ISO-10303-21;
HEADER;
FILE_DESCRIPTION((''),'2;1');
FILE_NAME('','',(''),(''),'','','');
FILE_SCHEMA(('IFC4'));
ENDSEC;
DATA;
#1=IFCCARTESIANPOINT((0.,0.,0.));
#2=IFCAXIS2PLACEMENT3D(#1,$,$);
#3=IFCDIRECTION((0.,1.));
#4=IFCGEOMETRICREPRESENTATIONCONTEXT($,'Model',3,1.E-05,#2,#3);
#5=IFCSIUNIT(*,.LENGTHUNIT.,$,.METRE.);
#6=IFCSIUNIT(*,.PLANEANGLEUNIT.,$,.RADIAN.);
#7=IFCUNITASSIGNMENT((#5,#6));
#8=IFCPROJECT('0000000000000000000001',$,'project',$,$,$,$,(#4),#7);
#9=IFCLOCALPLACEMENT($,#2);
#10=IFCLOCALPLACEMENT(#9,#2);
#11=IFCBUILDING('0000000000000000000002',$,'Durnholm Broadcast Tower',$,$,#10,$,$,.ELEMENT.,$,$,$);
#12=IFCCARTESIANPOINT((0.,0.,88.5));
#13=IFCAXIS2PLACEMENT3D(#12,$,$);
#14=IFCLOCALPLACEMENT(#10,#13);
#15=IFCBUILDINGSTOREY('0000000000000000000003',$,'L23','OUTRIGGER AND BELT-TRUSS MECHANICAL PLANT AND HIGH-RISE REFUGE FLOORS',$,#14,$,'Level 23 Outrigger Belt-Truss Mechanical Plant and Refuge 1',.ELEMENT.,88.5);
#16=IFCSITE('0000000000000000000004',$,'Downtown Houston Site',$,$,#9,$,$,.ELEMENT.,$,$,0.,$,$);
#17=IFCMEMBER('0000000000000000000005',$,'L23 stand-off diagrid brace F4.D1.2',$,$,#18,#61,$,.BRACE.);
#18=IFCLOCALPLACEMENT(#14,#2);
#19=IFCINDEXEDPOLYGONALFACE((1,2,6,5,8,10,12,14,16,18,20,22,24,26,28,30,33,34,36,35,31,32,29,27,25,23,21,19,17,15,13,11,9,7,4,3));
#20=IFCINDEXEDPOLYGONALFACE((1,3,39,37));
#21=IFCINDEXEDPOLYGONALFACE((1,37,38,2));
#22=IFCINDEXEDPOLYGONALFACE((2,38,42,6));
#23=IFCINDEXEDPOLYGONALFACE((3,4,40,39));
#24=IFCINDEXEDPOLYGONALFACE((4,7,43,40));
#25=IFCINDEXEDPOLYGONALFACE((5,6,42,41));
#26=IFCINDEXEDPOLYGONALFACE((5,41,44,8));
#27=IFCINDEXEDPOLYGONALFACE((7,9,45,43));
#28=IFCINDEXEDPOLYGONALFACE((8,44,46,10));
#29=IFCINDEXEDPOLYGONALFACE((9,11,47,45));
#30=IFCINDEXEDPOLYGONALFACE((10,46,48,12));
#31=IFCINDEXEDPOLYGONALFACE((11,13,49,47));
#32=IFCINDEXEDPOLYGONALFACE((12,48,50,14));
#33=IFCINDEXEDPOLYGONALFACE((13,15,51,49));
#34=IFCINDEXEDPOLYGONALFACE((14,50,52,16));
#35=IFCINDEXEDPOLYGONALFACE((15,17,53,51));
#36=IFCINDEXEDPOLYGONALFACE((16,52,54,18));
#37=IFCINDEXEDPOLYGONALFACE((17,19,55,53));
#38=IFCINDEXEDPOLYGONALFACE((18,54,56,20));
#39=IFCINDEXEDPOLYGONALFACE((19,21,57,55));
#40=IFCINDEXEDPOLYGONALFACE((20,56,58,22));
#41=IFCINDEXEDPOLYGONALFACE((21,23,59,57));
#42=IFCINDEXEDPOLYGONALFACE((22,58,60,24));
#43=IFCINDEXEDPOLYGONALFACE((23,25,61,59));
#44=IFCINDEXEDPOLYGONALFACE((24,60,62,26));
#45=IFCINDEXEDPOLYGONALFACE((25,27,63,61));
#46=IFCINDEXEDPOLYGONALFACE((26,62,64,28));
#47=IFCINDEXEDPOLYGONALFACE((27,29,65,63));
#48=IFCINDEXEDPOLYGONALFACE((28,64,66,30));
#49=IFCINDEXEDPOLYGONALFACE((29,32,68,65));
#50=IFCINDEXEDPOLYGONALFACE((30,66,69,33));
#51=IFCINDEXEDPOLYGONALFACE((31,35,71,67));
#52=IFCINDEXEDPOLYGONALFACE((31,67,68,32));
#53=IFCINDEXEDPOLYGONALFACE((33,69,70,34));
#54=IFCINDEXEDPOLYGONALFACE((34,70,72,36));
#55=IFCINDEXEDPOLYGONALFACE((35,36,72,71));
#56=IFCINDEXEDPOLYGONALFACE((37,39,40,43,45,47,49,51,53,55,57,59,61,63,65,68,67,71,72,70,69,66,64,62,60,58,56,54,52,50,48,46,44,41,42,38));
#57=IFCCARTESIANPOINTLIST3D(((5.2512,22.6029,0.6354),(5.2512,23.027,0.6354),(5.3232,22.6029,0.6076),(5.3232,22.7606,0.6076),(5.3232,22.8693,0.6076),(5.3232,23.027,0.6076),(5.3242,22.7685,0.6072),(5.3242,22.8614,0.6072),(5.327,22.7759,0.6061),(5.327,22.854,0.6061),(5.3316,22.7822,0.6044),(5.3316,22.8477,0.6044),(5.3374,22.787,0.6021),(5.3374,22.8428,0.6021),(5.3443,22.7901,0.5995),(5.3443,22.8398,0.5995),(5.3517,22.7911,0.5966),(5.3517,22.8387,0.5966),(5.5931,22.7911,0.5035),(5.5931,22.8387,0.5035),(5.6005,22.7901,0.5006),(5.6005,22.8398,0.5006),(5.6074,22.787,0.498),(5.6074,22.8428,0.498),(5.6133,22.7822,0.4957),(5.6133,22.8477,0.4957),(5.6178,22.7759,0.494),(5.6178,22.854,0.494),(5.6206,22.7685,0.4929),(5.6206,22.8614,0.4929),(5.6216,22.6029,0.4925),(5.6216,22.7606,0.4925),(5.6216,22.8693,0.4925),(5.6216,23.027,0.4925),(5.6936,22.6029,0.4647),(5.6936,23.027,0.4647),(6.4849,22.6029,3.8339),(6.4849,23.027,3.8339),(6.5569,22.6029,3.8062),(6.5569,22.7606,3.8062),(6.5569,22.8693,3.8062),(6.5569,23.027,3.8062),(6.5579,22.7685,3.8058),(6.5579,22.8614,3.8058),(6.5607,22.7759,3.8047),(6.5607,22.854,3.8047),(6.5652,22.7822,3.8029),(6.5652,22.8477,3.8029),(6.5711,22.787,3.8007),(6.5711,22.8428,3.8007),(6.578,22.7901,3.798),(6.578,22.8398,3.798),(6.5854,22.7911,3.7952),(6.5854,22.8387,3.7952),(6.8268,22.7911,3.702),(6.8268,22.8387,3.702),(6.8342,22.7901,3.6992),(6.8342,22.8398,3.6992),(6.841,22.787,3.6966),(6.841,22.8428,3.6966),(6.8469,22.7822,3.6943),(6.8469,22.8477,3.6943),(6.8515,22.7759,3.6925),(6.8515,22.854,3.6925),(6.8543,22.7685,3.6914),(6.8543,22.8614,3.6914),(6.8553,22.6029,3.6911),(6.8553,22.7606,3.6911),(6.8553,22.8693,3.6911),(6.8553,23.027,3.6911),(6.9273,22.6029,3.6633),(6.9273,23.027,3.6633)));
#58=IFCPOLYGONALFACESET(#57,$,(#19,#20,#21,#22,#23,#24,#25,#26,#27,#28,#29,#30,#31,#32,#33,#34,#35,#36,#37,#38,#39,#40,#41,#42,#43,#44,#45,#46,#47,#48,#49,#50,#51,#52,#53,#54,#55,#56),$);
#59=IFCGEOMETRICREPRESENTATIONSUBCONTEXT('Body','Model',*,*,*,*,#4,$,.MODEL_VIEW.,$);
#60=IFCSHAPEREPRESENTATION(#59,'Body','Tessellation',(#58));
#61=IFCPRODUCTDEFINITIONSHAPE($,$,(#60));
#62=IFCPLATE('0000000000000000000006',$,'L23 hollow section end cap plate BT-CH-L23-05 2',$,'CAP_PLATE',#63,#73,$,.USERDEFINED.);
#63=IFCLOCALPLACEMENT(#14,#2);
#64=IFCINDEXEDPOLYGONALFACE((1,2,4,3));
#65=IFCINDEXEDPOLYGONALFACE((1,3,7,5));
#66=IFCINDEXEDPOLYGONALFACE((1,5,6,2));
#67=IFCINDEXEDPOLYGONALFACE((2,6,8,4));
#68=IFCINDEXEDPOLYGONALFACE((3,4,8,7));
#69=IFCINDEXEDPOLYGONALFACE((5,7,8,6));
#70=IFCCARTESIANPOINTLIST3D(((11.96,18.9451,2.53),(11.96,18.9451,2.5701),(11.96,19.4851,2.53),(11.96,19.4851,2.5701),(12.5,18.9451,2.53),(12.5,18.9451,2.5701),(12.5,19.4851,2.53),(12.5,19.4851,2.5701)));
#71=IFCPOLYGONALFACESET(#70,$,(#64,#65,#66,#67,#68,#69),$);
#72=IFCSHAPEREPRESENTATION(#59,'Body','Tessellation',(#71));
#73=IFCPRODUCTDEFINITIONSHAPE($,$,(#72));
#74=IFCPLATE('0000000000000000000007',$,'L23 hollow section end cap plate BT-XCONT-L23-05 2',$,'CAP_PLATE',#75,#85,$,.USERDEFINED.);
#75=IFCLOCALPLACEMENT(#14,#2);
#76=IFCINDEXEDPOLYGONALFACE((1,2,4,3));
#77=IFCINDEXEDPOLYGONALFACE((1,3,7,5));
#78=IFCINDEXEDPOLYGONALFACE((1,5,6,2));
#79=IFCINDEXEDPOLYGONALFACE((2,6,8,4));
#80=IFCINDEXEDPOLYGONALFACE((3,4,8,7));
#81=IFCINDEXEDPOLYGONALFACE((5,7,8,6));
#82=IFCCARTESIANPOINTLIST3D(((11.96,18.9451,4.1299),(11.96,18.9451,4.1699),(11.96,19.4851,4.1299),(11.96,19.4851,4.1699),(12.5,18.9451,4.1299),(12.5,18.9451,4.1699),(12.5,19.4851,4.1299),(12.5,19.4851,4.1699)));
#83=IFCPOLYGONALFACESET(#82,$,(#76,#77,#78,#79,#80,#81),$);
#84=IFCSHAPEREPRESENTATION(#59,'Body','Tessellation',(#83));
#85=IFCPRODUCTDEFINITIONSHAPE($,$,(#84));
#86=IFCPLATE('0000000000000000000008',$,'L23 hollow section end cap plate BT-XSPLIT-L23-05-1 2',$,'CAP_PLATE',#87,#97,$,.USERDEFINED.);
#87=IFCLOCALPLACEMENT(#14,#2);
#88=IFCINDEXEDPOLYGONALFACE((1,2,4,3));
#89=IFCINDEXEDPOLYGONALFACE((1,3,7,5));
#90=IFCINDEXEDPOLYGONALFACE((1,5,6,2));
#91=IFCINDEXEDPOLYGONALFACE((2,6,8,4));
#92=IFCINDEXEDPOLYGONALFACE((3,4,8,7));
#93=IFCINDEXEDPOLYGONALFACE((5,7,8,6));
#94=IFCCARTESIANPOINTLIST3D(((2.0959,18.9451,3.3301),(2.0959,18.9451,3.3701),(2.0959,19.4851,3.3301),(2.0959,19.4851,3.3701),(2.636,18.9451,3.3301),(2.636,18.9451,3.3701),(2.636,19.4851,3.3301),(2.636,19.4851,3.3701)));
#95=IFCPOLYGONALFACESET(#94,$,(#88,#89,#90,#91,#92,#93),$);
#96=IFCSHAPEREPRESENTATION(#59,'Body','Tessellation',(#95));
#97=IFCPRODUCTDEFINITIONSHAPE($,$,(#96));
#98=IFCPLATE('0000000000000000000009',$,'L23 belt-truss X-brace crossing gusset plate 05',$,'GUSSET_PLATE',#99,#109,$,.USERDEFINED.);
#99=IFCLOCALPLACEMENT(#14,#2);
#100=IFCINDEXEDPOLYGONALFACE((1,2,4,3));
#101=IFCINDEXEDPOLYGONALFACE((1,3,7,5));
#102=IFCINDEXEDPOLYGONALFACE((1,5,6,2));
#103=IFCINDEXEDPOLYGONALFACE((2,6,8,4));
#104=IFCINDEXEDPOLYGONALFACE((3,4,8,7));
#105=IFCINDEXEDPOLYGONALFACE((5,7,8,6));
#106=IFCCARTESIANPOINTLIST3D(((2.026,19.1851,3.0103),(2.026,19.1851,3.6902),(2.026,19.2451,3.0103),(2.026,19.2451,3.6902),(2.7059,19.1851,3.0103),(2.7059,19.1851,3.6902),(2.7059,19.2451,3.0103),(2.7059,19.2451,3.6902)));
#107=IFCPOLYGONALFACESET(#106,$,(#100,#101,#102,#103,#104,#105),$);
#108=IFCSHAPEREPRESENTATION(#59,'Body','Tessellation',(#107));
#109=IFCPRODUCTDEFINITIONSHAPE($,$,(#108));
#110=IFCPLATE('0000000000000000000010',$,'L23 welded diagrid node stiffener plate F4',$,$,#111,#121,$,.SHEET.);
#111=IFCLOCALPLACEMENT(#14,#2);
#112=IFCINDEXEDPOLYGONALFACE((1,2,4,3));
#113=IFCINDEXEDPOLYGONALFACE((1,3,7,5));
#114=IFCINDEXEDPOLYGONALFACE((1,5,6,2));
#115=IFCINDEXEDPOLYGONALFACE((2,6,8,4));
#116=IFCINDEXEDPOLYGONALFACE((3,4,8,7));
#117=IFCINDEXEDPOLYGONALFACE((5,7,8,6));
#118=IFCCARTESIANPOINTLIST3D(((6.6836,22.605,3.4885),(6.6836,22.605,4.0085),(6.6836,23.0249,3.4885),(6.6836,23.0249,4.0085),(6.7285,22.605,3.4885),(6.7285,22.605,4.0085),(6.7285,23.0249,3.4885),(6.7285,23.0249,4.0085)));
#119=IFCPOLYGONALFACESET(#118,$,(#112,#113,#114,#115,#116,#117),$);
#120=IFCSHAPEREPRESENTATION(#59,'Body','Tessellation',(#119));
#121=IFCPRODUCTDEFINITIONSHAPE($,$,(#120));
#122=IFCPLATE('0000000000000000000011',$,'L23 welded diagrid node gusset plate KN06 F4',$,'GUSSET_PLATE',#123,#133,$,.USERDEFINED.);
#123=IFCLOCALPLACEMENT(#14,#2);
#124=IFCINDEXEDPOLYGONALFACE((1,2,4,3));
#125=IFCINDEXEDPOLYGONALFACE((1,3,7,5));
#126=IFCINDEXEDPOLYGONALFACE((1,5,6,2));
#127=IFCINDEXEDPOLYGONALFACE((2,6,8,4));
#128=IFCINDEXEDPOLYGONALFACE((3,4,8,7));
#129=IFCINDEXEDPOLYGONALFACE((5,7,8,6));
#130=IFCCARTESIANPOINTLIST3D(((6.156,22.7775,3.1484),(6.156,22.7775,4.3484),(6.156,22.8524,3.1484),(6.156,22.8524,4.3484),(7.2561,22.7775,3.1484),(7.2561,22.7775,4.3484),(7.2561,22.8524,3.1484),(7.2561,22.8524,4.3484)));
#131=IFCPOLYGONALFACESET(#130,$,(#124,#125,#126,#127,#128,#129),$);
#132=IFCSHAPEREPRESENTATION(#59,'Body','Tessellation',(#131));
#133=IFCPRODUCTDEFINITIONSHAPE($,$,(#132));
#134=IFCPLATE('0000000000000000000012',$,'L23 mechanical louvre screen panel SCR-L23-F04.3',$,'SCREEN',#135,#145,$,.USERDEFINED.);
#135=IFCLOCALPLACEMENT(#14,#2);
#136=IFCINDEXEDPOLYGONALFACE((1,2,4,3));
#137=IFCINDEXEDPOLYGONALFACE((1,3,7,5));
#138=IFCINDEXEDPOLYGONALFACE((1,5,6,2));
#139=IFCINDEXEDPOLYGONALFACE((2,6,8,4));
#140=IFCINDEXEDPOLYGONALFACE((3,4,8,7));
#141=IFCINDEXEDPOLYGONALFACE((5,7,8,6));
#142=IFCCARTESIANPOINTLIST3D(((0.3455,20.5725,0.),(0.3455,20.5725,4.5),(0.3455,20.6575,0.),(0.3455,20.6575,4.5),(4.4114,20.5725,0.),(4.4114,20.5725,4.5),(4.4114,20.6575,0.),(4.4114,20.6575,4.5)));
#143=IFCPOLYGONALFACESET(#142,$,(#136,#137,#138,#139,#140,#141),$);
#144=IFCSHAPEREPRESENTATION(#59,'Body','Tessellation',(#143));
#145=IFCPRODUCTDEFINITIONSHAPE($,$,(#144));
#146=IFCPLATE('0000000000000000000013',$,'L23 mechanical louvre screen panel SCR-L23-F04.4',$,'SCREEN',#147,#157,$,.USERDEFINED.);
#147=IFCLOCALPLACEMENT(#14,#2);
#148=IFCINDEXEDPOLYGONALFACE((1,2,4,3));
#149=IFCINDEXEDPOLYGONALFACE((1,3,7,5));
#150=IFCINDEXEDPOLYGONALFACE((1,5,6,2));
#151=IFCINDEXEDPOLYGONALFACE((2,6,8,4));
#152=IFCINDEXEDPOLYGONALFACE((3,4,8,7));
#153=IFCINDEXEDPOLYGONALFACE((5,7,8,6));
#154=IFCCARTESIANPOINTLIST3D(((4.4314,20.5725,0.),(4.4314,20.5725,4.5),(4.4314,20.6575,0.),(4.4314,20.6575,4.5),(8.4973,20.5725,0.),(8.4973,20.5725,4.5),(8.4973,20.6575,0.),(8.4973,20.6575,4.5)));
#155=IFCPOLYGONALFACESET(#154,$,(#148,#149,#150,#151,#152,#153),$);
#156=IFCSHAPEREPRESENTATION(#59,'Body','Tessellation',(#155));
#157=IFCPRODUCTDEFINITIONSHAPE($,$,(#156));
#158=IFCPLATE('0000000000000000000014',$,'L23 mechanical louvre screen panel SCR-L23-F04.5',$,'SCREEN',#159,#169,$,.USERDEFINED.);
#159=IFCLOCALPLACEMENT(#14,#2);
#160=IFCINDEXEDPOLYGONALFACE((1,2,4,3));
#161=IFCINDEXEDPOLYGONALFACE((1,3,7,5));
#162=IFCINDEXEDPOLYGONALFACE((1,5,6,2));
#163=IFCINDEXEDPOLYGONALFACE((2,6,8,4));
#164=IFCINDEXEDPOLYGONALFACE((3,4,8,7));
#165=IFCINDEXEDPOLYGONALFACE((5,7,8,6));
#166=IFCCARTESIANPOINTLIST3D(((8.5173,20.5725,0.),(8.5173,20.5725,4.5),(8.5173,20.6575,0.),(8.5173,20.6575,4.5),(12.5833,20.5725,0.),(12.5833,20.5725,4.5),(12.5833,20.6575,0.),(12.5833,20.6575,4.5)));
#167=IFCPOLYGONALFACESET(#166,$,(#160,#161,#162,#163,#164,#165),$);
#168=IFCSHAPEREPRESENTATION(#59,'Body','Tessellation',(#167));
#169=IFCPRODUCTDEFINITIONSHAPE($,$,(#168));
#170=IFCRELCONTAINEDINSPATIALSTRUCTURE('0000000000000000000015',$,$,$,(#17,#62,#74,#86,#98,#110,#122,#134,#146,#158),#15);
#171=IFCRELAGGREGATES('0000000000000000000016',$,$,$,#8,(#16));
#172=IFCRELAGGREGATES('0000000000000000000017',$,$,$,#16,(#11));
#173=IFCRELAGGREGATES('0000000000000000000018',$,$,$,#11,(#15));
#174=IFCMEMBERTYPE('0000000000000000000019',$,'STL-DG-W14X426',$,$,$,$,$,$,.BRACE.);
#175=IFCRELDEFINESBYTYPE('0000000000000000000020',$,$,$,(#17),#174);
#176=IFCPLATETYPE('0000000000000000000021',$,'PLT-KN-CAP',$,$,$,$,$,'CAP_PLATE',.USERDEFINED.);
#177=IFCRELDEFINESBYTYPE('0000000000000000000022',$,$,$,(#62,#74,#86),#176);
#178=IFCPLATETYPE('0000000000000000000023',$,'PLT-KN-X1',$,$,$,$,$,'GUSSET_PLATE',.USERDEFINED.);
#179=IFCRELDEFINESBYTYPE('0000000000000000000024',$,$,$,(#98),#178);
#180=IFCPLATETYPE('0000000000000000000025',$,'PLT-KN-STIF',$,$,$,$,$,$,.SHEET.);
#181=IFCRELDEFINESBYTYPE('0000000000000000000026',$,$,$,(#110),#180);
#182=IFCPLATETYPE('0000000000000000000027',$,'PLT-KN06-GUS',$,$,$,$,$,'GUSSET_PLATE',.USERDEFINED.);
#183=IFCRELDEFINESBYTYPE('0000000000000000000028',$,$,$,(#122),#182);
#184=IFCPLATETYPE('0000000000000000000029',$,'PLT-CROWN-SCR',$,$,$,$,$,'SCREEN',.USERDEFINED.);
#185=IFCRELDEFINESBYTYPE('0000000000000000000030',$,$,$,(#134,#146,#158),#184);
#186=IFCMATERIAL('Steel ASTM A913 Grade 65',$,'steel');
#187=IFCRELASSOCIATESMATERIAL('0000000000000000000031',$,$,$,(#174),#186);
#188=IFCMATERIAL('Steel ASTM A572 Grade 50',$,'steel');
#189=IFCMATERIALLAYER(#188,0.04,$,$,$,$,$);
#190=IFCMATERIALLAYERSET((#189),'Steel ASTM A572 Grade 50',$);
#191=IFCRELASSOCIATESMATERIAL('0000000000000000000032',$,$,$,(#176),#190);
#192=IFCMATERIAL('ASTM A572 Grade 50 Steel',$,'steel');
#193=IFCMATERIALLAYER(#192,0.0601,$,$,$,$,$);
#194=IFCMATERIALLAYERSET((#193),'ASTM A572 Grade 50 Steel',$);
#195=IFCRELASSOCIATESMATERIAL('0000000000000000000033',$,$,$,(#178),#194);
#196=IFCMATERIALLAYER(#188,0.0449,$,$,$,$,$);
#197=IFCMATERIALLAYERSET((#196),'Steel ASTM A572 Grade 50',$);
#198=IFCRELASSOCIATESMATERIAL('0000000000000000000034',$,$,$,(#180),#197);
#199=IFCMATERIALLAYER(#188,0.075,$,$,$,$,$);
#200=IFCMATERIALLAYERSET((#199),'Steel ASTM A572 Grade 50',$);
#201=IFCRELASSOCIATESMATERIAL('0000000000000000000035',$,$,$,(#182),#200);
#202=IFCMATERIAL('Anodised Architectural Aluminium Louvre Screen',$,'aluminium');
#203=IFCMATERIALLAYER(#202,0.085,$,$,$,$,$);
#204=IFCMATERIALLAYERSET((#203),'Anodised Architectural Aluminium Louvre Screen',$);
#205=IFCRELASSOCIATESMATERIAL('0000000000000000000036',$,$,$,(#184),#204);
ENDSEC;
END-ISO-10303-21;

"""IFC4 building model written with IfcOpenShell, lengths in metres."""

from ifc_helpers import new_model, si_unit, direction, frame, origin, origin_2d, place, context, subcontext, project, spatial, rectangle, i_section, extrude, source, transform, mapped, material, layer, layer_set, material_profile, profile_set, type_object, type_shapes, element, save


model = new_model("IFC4")

# Units and contexts
model_context = context("Model", 3, precision=1e-05, world=origin(), true_north=direction((0.0, 1.0)))
body_context = subcontext(model_context, "Body", "Model", "MODEL_VIEW")
ifc_project = project(units=[si_unit("LENGTHUNIT", "METRE"), si_unit("PLANEANGLEUNIT", "RADIAN")], contexts=[model_context])

# Site, building, storey
site_placement = place(None, origin())
site = spatial("IfcSite", under=ifc_project, at=site_placement, Name="Downtown Houston Site", CompositionType="ELEMENT", RefElevation=0.0)
building_placement = place(site_placement, origin())
building = spatial("IfcBuilding", under=site, at=building_placement, Name="Durnholm Broadcast Tower", CompositionType="ELEMENT")
storey_placement = place(building_placement, frame((0.0, 0.0, 88.5)))
storey = spatial("IfcBuildingStorey", under=building, at=storey_placement, Name="L23", Description="OUTRIGGER AND BELT-TRUSS MECHANICAL PLANT AND HIGH-RISE REFUGE FLOORS", LongName="Level 23 Outrigger Belt-Truss Mechanical Plant and Refuge 1", CompositionType="ELEMENT", Elevation=88.5)

# Member
ifc_material_1 = material(Name="Steel ASTM A913 Grade 65", Category="steel")
ifc_material_profile_1 = material_profile(ifc_material_1, i_section(OverallWidth=0.4241, OverallDepth=0.4741, WebThickness=0.0476, FlangeThickness=0.0771, FilletRadius=0.0305, at=origin_2d()), Name="W14X426")
ifc_profile_set_1 = profile_set([ifc_material_profile_1], Name="Steel ASTM A913 Grade 65")
member_type_1 = type_object("IfcMemberType", Name="STL-DG-W14X426", PredefinedType="BRACE", material=ifc_profile_set_1)
shared_shape_1 = source(origin(), body_context, "Body", "SweptSolid", [
    extrude(i_section(OverallWidth=0.4241, OverallDepth=0.4741, WebThickness=0.0476, FlangeThickness=0.0771, FilletRadius=0.0305, at=origin_2d()), origin(), (0.0, 0.0, 1.0), 3.4282),
])
type_shapes(member_type_1, [shared_shape_1])
for number, where, z_axis, x_axis, name in (
    (1, (5.4724, 22.8149, 0.55), (0.359857, 0.0, 0.933007), (0.0, 1.0, 0.0), "L23 stand-off diagrid brace F4.D1.2"),
):
    element("IfcMember", number, at=place(storey_placement, frame(where, z_axis=z_axis, x_axis=x_axis)), inside=storey, type_object=member_type_1, Name=name, PredefinedType="BRACE", context=body_context, shape_type="MappedRepresentation", body=[
        mapped(shared_shape_1, transform((0.0, 0.0, 0.0), x_axis=(1.0, 0.0, 0.0), y_axis=(0.0, 1.0, 0.0), z_axis=(0.0, 0.0, 1.0), scale=1.0)),
    ])

# Plates
ifc_material_2 = material(Name="Steel ASTM A572 Grade 50", Category="steel")
ifc_layer_1 = layer(ifc_material_2, 0.04)
ifc_layer_set_1 = layer_set([ifc_layer_1], Name="Steel ASTM A572 Grade 50")
plate_type_1 = type_object("IfcPlateType", Name="PLT-KN-CAP", ElementType="CAP_PLATE", PredefinedType="USERDEFINED", material=ifc_layer_set_1)
shared_shape_2 = source(origin(), body_context, "Body", "SweptSolid", [
    extrude(rectangle(XDim=0.54, YDim=0.54, at=origin_2d()), origin(), (0.0, 0.0, 1.0), 0.04),
])
type_shapes(plate_type_1, [shared_shape_2])
for number, where, z_axis, x_axis, name in (
    (2, (12.23, 19.2151, 2.53), (0.0, 0.0, 1.0), (1.0, 0.0, 0.0), "L23 hollow section end cap plate BT-CH-L23-05 2"),
    (3, (12.23, 19.2151, 4.1299), (0.0, 0.0, 1.0), (1.0, 0.0, 0.0), "L23 hollow section end cap plate BT-XCONT-L23-05 2"),
    (4, (2.366, 19.2151, 3.3301), (0.0, 0.0, 1.0), (-1.0, 0.0, 0.0), "L23 hollow section end cap plate BT-XSPLIT-L23-05-1 2"),
):
    element("IfcPlate", number, at=place(storey_placement, frame(where, z_axis=z_axis, x_axis=x_axis)), inside=storey, type_object=plate_type_1, Name=name, ObjectType="CAP_PLATE", PredefinedType="USERDEFINED", context=body_context, shape_type="MappedRepresentation", body=[
        mapped(shared_shape_2, transform((0.0, 0.0, 0.0), x_axis=(1.0, 0.0, 0.0), y_axis=(0.0, 1.0, 0.0), z_axis=(0.0, 0.0, 1.0), scale=1.0)),
    ])
ifc_material_3 = material(Name="ASTM A572 Grade 50 Steel", Category="steel")
ifc_layer_2 = layer(ifc_material_3, 0.0601)
ifc_layer_set_2 = layer_set([ifc_layer_2], Name="ASTM A572 Grade 50 Steel")
plate_type_2 = type_object("IfcPlateType", Name="PLT-KN-X1", ElementType="GUSSET_PLATE", PredefinedType="USERDEFINED", material=ifc_layer_set_2)
shared_shape_3 = source(origin(), body_context, "Body", "SweptSolid", [
    extrude(rectangle(XDim=0.6799, YDim=0.0601, at=origin_2d()), origin(), (0.0, 0.0, 1.0), 0.6799),
])
type_shapes(plate_type_2, [shared_shape_3])
plate_1_placement = place(storey_placement, frame((2.366, 19.2151, 3.0103), z_axis=(0.0, 0.0, 1.0), x_axis=(1.0, 0.0, 0.0)))
element("IfcPlate", 5, at=plate_1_placement, inside=storey, type_object=plate_type_2, Name="L23 belt-truss X-brace crossing gusset plate 05", ObjectType="GUSSET_PLATE", PredefinedType="USERDEFINED", context=body_context, shape_type="MappedRepresentation", body=[
    mapped(shared_shape_3, transform((0.0, 0.0, 0.0), x_axis=(1.0, 0.0, 0.0), y_axis=(0.0, 1.0, 0.0), z_axis=(0.0, 0.0, 1.0), scale=1.0)),
])
ifc_layer_3 = layer(ifc_material_2, 0.0449)
ifc_layer_set_3 = layer_set([ifc_layer_3], Name="Steel ASTM A572 Grade 50")
plate_type_3 = type_object("IfcPlateType", Name="PLT-KN-STIF", PredefinedType="SHEET", material=ifc_layer_set_3)
shared_shape_4 = source(origin(), body_context, "Body", "SweptSolid", [
    extrude(rectangle(XDim=0.0449, YDim=0.4199, at=origin_2d()), origin(), (0.0, 0.0, 1.0), 0.52),
])
type_shapes(plate_type_3, [shared_shape_4])
plate_2_placement = place(storey_placement, frame((6.7061, 22.8149, 3.4885), z_axis=(0.0, 0.0, 1.0), x_axis=(-1.0, 0.0, 0.0)))
element("IfcPlate", 6, at=plate_2_placement, inside=storey, type_object=plate_type_3, Name="L23 welded diagrid node stiffener plate F4", PredefinedType="SHEET", context=body_context, shape_type="MappedRepresentation", body=[
    mapped(shared_shape_4, transform((0.0, 0.0, 0.0), x_axis=(1.0, 0.0, 0.0), y_axis=(0.0, 1.0, 0.0), z_axis=(0.0, 0.0, 1.0), scale=1.0)),
])
ifc_layer_4 = layer(ifc_material_2, 0.075)
ifc_layer_set_4 = layer_set([ifc_layer_4], Name="Steel ASTM A572 Grade 50")
plate_type_4 = type_object("IfcPlateType", Name="PLT-KN06-GUS", ElementType="GUSSET_PLATE", PredefinedType="USERDEFINED", material=ifc_layer_set_4)
shared_shape_5 = source(origin(), body_context, "Body", "SweptSolid", [
    extrude(rectangle(XDim=1.1001, YDim=0.075, at=origin_2d()), origin(), (0.0, 0.0, 1.0), 1.2),
])
type_shapes(plate_type_4, [shared_shape_5])
plate_3_placement = place(storey_placement, frame((6.7061, 22.8149, 3.1484), z_axis=(0.0, 0.0, 1.0), x_axis=(-1.0, 0.0, 0.0)))
element("IfcPlate", 7, at=plate_3_placement, inside=storey, type_object=plate_type_4, Name="L23 welded diagrid node gusset plate KN06 F4", ObjectType="GUSSET_PLATE", PredefinedType="USERDEFINED", context=body_context, shape_type="MappedRepresentation", body=[
    mapped(shared_shape_5, transform((0.0, 0.0, 0.0), x_axis=(1.0, 0.0, 0.0), y_axis=(0.0, 1.0, 0.0), z_axis=(0.0, 0.0, 1.0), scale=1.0)),
])
ifc_material_4 = material(Name="Anodised Architectural Aluminium Louvre Screen", Category="aluminium")
ifc_layer_5 = layer(ifc_material_4, 0.085)
ifc_layer_set_5 = layer_set([ifc_layer_5], Name="Anodised Architectural Aluminium Louvre Screen")
plate_type_5 = type_object("IfcPlateType", Name="PLT-CROWN-SCR", ElementType="SCREEN", PredefinedType="USERDEFINED", material=ifc_layer_set_5)
shared_shape_6 = source(origin(), body_context, "Body", "SweptSolid", [
    extrude(rectangle(XDim=4.0659, YDim=0.085, at=origin_2d()), origin(), (0.0, 0.0, 1.0), 4.5),
])
type_shapes(plate_type_5, [shared_shape_6])
for number, where, z_axis, x_axis, name in (
    (8, (2.3784, 20.615, 0.0), (0.0, 0.0, 1.0), (1.0, 0.0, 0.0), "L23 mechanical louvre screen panel SCR-L23-F04.3"),
    (9, (6.4644, 20.615, 0.0), (0.0, 0.0, 1.0), (1.0, 0.0, 0.0), "L23 mechanical louvre screen panel SCR-L23-F04.4"),
    (10, (10.5503, 20.615, 0.0), (0.0, 0.0, 1.0), (1.0, 0.0, 0.0), "L23 mechanical louvre screen panel SCR-L23-F04.5"),
):
    element("IfcPlate", number, at=place(storey_placement, frame(where, z_axis=z_axis, x_axis=x_axis)), inside=storey, type_object=plate_type_5, Name=name, ObjectType="SCREEN", PredefinedType="USERDEFINED", context=body_context, shape_type="MappedRepresentation", body=[
        mapped(shared_shape_6, transform((0.0, 0.0, 0.0), x_axis=(1.0, 0.0, 0.0), y_axis=(0.0, 1.0, 0.0), z_axis=(0.0, 0.0, 1.0), scale=1.0)),
    ])

save(model, "model.ifc")
